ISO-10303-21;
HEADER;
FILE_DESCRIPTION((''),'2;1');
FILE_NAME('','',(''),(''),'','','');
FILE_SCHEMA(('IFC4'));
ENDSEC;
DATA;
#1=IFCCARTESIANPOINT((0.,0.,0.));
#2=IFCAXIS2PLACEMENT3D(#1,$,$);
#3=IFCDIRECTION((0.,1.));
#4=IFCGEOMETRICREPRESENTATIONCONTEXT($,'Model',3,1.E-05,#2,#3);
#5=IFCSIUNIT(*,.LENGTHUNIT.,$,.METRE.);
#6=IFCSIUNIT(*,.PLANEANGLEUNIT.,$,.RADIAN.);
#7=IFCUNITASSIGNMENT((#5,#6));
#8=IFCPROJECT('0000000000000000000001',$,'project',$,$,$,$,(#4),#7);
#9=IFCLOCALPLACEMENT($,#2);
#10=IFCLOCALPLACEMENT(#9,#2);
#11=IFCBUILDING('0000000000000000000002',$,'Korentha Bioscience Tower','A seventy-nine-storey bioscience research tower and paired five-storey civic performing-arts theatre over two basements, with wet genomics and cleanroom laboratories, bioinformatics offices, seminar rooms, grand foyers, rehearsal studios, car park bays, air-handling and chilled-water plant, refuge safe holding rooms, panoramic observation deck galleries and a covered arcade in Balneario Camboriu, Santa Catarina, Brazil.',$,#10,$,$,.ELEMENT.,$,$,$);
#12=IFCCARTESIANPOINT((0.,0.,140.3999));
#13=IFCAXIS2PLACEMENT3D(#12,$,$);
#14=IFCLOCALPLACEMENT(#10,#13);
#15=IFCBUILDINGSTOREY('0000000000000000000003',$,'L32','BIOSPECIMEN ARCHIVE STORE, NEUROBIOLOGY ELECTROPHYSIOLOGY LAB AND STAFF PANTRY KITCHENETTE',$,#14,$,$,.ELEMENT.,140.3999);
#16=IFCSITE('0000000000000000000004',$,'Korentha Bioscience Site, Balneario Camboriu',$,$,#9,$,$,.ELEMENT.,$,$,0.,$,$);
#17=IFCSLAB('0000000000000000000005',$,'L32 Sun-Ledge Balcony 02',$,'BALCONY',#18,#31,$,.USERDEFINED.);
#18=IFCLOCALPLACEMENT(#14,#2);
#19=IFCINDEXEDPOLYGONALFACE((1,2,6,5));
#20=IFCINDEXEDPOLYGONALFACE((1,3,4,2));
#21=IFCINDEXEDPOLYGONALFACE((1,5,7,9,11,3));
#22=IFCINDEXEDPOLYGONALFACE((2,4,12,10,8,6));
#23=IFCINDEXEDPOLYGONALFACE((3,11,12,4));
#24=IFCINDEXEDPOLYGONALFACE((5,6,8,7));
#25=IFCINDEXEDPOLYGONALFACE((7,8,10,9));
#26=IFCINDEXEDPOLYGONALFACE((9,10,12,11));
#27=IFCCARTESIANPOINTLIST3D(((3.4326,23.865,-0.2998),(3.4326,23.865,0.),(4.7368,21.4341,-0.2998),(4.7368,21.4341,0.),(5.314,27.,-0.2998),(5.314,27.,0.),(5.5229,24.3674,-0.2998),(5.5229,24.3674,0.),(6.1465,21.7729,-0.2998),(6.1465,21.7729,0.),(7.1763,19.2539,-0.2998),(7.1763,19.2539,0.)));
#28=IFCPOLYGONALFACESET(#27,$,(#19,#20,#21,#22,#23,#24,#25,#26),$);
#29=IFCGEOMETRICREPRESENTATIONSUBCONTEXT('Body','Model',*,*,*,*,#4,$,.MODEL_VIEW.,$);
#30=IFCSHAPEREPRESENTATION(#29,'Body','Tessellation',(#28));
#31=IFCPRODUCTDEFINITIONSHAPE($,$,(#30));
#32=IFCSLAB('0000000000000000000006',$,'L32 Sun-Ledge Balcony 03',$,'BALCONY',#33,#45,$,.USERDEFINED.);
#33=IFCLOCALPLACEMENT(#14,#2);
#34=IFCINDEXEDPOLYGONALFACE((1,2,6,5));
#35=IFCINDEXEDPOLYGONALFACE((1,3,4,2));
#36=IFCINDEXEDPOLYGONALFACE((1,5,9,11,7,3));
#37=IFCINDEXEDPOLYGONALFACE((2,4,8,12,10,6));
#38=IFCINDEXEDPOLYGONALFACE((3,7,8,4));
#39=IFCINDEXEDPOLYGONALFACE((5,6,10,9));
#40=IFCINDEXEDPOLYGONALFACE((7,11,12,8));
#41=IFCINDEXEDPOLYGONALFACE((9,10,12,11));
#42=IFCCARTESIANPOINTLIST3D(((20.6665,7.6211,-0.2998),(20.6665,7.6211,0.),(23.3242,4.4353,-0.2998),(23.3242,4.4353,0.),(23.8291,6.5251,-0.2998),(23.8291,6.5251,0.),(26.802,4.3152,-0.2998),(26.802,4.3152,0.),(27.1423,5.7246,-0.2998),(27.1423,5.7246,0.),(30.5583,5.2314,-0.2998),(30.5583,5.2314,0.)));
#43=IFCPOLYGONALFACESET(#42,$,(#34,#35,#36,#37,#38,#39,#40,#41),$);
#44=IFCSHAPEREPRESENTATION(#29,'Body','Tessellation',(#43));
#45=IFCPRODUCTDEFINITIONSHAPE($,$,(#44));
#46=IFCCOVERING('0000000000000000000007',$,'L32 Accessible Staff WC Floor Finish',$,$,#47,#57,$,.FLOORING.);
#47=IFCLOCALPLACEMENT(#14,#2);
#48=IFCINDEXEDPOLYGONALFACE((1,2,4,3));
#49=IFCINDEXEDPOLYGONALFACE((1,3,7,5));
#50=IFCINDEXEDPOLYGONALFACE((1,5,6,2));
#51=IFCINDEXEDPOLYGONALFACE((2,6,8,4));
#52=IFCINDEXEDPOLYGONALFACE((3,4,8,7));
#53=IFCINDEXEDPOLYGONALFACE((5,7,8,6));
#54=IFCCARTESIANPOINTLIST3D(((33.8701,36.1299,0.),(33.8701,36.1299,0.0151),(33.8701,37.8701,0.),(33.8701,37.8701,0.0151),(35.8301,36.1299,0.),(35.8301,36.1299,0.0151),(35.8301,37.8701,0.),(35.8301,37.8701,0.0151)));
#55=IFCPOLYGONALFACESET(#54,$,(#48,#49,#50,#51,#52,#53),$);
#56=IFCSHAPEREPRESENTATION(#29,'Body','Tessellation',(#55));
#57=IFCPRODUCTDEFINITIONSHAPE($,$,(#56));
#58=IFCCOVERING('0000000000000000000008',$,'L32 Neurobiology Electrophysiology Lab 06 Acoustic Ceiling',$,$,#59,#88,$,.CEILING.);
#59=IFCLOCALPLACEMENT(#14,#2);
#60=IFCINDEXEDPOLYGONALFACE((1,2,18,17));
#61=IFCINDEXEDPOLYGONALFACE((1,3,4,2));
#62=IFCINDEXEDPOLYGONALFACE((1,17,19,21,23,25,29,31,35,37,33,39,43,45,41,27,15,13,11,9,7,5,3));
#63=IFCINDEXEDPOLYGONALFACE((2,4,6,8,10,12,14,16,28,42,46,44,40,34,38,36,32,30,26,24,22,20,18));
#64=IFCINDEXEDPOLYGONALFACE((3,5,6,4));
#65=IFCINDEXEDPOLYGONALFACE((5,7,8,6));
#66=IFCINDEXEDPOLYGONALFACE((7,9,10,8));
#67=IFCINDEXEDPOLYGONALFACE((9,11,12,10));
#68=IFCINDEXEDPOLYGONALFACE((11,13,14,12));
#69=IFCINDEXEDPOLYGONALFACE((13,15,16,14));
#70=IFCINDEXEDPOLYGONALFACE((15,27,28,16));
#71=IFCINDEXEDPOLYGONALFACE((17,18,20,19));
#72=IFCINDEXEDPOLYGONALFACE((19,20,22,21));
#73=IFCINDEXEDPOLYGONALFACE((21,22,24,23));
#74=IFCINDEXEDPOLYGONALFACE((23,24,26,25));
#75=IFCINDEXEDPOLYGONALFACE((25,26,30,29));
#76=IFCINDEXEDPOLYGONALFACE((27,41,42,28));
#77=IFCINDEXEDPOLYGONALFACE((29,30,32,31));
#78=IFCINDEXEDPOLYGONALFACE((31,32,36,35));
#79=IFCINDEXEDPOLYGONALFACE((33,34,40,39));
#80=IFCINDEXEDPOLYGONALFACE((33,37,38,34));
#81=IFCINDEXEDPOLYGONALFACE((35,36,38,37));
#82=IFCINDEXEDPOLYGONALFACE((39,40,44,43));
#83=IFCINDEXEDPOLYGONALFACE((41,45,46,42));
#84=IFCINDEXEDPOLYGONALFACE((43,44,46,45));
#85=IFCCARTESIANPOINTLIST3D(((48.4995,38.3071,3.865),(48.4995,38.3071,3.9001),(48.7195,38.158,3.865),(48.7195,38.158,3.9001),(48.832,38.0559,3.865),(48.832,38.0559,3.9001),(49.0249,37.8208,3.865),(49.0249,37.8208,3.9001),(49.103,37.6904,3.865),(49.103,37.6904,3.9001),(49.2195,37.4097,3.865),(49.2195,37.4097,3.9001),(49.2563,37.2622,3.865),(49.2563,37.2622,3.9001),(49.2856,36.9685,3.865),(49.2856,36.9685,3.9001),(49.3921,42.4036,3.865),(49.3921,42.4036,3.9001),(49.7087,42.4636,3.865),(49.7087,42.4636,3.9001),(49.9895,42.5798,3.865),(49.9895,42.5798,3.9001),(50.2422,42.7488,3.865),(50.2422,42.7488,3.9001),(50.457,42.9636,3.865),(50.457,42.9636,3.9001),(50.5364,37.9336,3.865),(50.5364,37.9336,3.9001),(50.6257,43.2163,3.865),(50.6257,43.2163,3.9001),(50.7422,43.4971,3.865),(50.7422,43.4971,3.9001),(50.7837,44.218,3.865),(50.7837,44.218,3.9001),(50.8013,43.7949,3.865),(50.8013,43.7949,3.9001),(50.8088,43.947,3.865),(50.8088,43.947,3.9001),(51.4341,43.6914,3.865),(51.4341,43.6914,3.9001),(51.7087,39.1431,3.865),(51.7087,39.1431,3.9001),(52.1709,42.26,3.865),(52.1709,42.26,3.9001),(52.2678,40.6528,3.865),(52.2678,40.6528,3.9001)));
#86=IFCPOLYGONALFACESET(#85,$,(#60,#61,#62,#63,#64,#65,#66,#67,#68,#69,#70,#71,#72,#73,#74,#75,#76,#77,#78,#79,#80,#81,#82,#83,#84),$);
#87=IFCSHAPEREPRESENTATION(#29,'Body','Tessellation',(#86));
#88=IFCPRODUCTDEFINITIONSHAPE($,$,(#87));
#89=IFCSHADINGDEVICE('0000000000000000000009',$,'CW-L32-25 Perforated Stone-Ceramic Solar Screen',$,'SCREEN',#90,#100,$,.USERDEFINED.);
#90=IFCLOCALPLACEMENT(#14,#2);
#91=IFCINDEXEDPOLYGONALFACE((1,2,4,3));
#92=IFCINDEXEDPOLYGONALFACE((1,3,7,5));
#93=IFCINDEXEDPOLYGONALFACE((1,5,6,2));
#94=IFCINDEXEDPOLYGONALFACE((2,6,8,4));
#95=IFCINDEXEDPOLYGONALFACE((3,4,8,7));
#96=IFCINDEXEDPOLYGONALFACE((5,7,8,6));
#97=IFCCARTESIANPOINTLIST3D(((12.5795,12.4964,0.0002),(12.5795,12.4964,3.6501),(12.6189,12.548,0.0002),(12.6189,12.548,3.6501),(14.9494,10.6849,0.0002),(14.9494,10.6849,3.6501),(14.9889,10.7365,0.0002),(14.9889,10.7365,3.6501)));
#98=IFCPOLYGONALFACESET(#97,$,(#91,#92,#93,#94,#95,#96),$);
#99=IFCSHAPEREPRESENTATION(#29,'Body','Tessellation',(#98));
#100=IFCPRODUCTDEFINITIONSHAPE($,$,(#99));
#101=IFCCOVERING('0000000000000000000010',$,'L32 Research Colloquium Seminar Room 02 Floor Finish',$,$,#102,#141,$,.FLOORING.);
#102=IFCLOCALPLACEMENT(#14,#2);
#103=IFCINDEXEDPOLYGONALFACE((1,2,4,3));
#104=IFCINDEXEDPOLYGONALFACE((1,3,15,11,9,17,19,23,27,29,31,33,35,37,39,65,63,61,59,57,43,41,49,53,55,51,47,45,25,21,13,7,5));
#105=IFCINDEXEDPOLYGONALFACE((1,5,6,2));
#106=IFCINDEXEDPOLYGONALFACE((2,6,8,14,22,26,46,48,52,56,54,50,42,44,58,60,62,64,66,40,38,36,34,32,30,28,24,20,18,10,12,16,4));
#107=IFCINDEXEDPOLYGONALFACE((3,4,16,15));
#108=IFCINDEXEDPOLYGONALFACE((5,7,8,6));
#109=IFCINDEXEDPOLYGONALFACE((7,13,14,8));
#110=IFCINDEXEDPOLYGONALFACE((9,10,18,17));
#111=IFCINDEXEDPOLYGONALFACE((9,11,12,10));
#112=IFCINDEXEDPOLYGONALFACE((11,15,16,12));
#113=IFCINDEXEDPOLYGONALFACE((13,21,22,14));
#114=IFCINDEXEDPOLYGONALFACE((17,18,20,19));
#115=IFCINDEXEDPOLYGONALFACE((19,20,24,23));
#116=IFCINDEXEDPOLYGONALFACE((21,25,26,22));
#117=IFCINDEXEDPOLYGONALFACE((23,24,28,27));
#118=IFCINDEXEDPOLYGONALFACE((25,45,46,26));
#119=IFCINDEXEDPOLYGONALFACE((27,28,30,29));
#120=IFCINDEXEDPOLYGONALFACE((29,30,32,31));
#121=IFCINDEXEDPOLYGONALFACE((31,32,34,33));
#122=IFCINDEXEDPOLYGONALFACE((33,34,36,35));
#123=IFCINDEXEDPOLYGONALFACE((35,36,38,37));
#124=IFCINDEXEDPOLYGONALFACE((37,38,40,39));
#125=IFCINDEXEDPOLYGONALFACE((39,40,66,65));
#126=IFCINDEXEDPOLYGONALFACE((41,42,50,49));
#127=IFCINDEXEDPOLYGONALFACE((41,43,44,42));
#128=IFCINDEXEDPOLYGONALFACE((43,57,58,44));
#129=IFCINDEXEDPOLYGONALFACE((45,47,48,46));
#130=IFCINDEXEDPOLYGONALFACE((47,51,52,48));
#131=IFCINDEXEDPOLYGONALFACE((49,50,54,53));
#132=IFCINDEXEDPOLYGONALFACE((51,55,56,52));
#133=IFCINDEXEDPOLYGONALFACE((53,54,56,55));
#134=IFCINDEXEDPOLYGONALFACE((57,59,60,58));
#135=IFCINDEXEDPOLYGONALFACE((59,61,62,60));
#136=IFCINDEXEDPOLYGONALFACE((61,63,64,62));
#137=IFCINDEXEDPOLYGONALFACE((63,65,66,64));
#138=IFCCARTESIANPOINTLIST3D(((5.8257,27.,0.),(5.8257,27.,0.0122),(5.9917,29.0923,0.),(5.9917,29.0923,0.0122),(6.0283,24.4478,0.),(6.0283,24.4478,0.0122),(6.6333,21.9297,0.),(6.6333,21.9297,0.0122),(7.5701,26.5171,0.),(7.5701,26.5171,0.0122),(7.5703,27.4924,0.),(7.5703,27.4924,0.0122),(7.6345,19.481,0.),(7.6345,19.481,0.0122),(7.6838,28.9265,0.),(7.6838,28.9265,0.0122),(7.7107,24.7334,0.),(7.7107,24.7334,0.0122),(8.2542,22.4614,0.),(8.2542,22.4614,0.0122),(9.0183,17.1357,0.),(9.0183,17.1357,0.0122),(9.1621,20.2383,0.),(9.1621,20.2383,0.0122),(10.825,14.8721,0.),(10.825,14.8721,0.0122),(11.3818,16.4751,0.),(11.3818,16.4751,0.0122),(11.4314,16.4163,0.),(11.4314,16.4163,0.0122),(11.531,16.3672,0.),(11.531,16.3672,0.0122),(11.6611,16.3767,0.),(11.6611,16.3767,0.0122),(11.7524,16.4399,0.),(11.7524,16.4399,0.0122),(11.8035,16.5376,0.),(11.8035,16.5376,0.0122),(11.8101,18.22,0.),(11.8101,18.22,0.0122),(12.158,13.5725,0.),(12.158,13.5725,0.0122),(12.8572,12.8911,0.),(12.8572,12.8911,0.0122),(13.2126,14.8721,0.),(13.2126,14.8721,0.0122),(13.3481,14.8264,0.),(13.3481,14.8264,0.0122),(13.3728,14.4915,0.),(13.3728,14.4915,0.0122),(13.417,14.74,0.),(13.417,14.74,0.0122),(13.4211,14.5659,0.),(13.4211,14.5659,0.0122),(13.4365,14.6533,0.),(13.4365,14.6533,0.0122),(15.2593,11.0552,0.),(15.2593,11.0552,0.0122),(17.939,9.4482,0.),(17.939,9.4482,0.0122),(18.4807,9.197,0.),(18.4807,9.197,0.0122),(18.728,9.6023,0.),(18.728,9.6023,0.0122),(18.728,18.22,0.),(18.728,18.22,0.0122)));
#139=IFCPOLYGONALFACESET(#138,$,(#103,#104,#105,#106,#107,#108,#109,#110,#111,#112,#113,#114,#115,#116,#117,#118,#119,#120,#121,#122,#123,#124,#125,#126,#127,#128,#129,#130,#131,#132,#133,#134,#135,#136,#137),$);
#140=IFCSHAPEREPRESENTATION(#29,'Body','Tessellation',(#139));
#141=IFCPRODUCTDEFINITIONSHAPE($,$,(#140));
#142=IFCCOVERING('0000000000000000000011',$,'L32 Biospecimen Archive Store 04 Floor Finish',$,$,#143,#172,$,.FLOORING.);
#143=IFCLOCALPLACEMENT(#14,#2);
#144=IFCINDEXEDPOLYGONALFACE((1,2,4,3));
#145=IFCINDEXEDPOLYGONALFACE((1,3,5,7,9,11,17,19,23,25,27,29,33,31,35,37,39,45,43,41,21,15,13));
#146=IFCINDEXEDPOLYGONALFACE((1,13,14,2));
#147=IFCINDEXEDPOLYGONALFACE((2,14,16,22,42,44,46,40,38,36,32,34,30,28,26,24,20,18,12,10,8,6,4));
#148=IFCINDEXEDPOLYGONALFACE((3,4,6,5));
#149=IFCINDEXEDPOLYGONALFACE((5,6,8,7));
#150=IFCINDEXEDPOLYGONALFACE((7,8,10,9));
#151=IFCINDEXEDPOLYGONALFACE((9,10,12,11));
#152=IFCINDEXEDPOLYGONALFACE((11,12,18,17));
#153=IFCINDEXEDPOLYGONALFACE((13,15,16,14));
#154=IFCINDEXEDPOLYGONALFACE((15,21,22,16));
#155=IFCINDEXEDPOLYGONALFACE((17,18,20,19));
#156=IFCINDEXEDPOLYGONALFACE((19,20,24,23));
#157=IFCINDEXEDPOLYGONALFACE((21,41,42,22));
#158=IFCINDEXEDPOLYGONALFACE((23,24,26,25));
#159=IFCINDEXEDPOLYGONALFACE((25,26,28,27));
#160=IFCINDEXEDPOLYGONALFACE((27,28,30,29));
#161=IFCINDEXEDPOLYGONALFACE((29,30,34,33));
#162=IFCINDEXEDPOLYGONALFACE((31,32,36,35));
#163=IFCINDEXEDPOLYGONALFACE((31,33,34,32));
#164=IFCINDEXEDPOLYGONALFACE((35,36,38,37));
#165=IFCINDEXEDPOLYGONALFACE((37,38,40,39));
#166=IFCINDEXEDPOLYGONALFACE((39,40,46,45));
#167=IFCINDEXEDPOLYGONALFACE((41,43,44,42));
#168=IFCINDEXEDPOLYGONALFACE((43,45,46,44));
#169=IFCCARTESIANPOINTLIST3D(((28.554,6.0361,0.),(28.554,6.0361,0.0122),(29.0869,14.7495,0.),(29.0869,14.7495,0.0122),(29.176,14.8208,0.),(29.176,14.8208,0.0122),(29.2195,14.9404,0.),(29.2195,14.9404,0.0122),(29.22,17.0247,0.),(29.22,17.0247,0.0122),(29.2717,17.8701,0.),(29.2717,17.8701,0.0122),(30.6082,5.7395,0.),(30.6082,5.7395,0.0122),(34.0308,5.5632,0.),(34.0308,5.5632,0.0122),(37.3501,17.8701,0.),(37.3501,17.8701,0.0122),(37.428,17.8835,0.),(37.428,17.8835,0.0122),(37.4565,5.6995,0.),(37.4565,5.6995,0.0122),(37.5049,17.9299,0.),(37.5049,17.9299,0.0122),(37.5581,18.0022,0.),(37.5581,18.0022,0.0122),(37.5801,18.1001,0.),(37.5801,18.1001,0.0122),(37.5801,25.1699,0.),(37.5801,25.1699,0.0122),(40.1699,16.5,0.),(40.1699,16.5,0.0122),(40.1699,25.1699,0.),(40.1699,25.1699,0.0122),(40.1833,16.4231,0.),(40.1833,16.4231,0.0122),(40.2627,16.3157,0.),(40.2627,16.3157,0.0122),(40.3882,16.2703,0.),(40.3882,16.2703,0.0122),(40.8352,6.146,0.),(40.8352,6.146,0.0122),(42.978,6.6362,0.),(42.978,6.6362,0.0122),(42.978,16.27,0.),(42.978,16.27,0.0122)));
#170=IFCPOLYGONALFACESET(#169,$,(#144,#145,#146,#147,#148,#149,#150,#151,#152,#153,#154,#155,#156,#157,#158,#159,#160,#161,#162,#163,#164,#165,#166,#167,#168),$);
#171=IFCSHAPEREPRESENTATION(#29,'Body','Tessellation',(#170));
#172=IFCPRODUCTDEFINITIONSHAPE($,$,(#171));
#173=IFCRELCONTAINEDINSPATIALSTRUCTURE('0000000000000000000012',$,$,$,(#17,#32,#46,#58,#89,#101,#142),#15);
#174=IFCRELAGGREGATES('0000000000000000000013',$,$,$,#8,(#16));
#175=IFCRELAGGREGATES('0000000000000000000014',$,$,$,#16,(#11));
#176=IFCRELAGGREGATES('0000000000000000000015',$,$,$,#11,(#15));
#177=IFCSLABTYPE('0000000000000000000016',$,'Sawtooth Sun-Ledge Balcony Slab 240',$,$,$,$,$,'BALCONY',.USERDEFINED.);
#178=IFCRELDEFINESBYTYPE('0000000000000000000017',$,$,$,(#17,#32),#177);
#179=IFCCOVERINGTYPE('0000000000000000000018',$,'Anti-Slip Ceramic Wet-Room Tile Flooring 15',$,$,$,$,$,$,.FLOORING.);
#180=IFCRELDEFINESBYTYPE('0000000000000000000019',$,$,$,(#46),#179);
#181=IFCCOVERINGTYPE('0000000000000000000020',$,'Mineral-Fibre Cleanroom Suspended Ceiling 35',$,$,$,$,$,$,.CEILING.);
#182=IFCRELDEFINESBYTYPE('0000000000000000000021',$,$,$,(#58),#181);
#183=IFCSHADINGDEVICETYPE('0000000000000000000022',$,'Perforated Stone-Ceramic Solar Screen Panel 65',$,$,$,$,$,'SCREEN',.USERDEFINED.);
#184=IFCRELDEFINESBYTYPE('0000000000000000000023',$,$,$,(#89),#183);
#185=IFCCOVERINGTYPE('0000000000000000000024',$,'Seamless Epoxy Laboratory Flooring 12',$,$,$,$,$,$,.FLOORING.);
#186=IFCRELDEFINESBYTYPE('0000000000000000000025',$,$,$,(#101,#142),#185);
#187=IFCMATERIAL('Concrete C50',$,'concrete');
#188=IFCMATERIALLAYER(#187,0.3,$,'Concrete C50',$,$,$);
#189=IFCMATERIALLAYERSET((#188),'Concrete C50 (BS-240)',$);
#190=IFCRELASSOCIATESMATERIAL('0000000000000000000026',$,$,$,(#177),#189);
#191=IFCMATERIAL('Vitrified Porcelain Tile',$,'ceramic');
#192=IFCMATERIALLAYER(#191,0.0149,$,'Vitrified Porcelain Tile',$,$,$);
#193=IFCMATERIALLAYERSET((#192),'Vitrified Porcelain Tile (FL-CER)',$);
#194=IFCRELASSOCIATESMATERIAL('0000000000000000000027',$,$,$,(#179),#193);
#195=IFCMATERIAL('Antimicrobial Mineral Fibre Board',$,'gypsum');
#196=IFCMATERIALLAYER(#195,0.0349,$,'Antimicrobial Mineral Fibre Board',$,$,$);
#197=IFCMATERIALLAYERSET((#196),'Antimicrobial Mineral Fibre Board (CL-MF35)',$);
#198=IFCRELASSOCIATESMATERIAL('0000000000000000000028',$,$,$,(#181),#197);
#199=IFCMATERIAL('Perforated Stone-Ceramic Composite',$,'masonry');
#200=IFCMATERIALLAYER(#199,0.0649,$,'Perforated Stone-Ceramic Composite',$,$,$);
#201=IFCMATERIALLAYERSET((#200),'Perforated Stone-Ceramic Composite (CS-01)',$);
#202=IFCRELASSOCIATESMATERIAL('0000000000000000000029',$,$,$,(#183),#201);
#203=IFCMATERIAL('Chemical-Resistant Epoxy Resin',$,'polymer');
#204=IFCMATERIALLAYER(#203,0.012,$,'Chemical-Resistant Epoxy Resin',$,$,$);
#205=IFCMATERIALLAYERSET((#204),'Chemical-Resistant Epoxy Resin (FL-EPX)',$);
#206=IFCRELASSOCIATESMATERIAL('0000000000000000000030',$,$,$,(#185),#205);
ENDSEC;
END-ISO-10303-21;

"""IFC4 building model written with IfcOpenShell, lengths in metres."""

from ifc_helpers import new_model, si_unit, direction, frame, origin, origin_2d, place, context, subcontext, project, spatial, polyline, rectangle, outline, extrude, material, layer, layer_set, type_object, element, save


model = new_model("IFC4")

# Units and contexts
model_context = context("Model", 3, precision=1e-05, world=origin(), true_north=direction((0.0, 1.0)))
body_context = subcontext(model_context, "Body", "Model", "MODEL_VIEW")
ifc_project = project(units=[si_unit("LENGTHUNIT", "METRE"), si_unit("PLANEANGLEUNIT", "RADIAN")], contexts=[model_context])

# Site, building, storey
site_placement = place(None, origin())
site = spatial("IfcSite", under=ifc_project, at=site_placement, Name="Korentha Bioscience Site, Balneario Camboriu", CompositionType="ELEMENT", RefElevation=0.0)
building_placement = place(site_placement, origin())
building = spatial("IfcBuilding", under=site, at=building_placement, Name="Korentha Bioscience Tower", Description="A seventy-nine-storey bioscience research tower and paired five-storey civic performing-arts theatre over two basements, with wet genomics and cleanroom laboratories, bioinformatics offices, seminar rooms, grand foyers, rehearsal studios, car park bays, air-handling and chilled-water plant, refuge safe holding rooms, panoramic observation deck galleries and a covered arcade in Balneario Camboriu, Santa Catarina, Brazil.", CompositionType="ELEMENT")
storey_placement = place(building_placement, frame((0.0, 0.0, 140.3999)))
storey = spatial("IfcBuildingStorey", under=building, at=storey_placement, Name="L32", Description="BIOSPECIMEN ARCHIVE STORE, NEUROBIOLOGY ELECTROPHYSIOLOGY LAB AND STAFF PANTRY KITCHENETTE", CompositionType="ELEMENT", Elevation=140.3999)

# Shared definitions
ifc_material_1 = material(Name="Concrete C50", Category="concrete")

# Slabs
ifc_layer_1 = layer(ifc_material_1, 0.3, Name="Concrete C50")
ifc_layer_set_1 = layer_set([ifc_layer_1], Name="Concrete C50 (BS-240)")
slab_type_1 = type_object("IfcSlabType", Name="Sawtooth Sun-Ledge Balcony Slab 240", ElementType="BALCONY", PredefinedType="USERDEFINED", material=ifc_layer_set_1)
slab_1_placement = place(storey_placement, frame((0.0, 0.0, -0.2998)))
element("IfcSlab", 1, at=slab_1_placement, inside=storey, type_object=slab_type_1, Name="L32 Sun-Ledge Balcony 02", ObjectType="BALCONY", PredefinedType="USERDEFINED", context=body_context, shape_type="SweptSolid", body=[
    extrude(outline(polyline([(7.1763, 19.2539), (6.1465, 21.7729), (5.5229, 24.3674), (5.314, 27.0), (3.4326, 23.865), (4.7368, 21.4341), (7.1763, 19.2539)])), origin(), (0.0, 0.0, 1.0), 0.2998),
])
slab_2_placement = place(storey_placement, frame((0.0, 0.0, -0.2998)))
element("IfcSlab", 2, at=slab_2_placement, inside=storey, type_object=slab_type_1, Name="L32 Sun-Ledge Balcony 03", ObjectType="BALCONY", PredefinedType="USERDEFINED", context=body_context, shape_type="SweptSolid", body=[
    extrude(outline(polyline([(30.5583, 5.2314), (27.1423, 5.7246), (23.8291, 6.5251), (20.6665, 7.6211), (23.3242, 4.4353), (26.802, 4.3152), (30.5583, 5.2314)])), origin(), (0.0, 0.0, 1.0), 0.2998),
])

# Coverings
ifc_material_2 = material(Name="Vitrified Porcelain Tile", Category="ceramic")
ifc_layer_2 = layer(ifc_material_2, 0.0149, Name="Vitrified Porcelain Tile")
ifc_layer_set_2 = layer_set([ifc_layer_2], Name="Vitrified Porcelain Tile (FL-CER)")
covering_type_1 = type_object("IfcCoveringType", Name="Anti-Slip Ceramic Wet-Room Tile Flooring 15", PredefinedType="FLOORING", material=ifc_layer_set_2)
covering_1_placement = place(storey_placement, origin())
element("IfcCovering", 3, at=covering_1_placement, inside=storey, type_object=covering_type_1, Name="L32 Accessible Staff WC Floor Finish", PredefinedType="FLOORING", context=body_context, shape_type="SweptSolid", body=[
    extrude(outline(polyline([(33.8701, 36.1299), (33.8701, 37.8701), (35.8301, 37.8701), (35.8301, 36.1299), (33.8701, 36.1299)])), origin(), (0.0, 0.0, 1.0), 0.0151),
])
ifc_material_3 = material(Name="Antimicrobial Mineral Fibre Board", Category="gypsum")
ifc_layer_3 = layer(ifc_material_3, 0.0349, Name="Antimicrobial Mineral Fibre Board")
ifc_layer_set_3 = layer_set([ifc_layer_3], Name="Antimicrobial Mineral Fibre Board (CL-MF35)")
covering_type_2 = type_object("IfcCoveringType", Name="Mineral-Fibre Cleanroom Suspended Ceiling 35", PredefinedType="CEILING", material=ifc_layer_set_3)
covering_2_placement = place(storey_placement, frame((0.0, 0.0, 3.865)))
element("IfcCovering", 4, at=covering_2_placement, inside=storey, type_object=covering_type_2, Name="L32 Neurobiology Electrophysiology Lab 06 Acoustic Ceiling", PredefinedType="CEILING", context=body_context, shape_type="SweptSolid", body=[
    extrude(outline(polyline([(51.4341, 43.6914), (52.1709, 42.26), (52.2678, 40.6528), (51.7087, 39.1431), (50.5364, 37.9336), (49.2856, 36.9685), (49.2563, 37.2622), (49.2195, 37.4097), (49.103, 37.6904), (49.0249, 37.8208), (48.832, 38.0559), (48.7195, 38.158), (48.4995, 38.3071), (49.3921, 42.4036), (49.7087, 42.4636), (49.9895, 42.5798), (50.2422, 42.7488), (50.457, 42.9636), (50.6257, 43.2163), (50.7422, 43.4971), (50.8013, 43.7949), (50.8088, 43.947), (50.7837, 44.218), (51.4341, 43.6914)])), origin(), (0.0, 0.0, 1.0), 0.0352),
])

# Shading device
ifc_material_4 = material(Name="Perforated Stone-Ceramic Composite", Category="masonry")
ifc_layer_4 = layer(ifc_material_4, 0.0649, Name="Perforated Stone-Ceramic Composite")
ifc_layer_set_4 = layer_set([ifc_layer_4], Name="Perforated Stone-Ceramic Composite (CS-01)")
shading_device_type_1 = type_object("IfcShadingDeviceType", Name="Perforated Stone-Ceramic Solar Screen Panel 65", ElementType="SCREEN", PredefinedType="USERDEFINED", material=ifc_layer_set_4)
shading_device_1_placement = place(storey_placement, frame((13.7842, 11.6165, 0.0002), z_axis=(0.0, 0.0, 1.0), x_axis=(0.7945, -0.607265, 0.0)))
element("IfcShadingDevice", 5, at=shading_device_1_placement, inside=storey, type_object=shading_device_type_1, Name="CW-L32-25 Perforated Stone-Ceramic Solar Screen", ObjectType="SCREEN", PredefinedType="USERDEFINED", context=body_context, shape_type="SweptSolid", body=[
    extrude(rectangle(XDim=2.9829, YDim=0.0649, at=origin_2d()), origin(), (0.0, 0.0, 1.0), 3.6499),
])

# Coverings
ifc_material_5 = material(Name="Chemical-Resistant Epoxy Resin", Category="polymer")
ifc_layer_5 = layer(ifc_material_5, 0.012, Name="Chemical-Resistant Epoxy Resin")
ifc_layer_set_5 = layer_set([ifc_layer_5], Name="Chemical-Resistant Epoxy Resin (FL-EPX)")
covering_type_3 = type_object("IfcCoveringType", Name="Seamless Epoxy Laboratory Flooring 12", PredefinedType="FLOORING", material=ifc_layer_set_5)
covering_3_placement = place(storey_placement, origin())
element("IfcCovering", 6, at=covering_3_placement, inside=storey, type_object=covering_type_3, Name="L32 Research Colloquium Seminar Room 02 Floor Finish", PredefinedType="FLOORING", context=body_context, shape_type="SweptSolid", body=[
    extrude(outline(polyline([(5.9917, 29.0923), (7.6838, 28.9265), (7.5703, 27.4924), (7.5701, 26.5171), (7.7107, 24.7334), (8.2542, 22.4614), (9.1621, 20.2383), (11.3818, 16.4751), (11.4314, 16.4163), (11.531, 16.3672), (11.6611, 16.3767), (11.7524, 16.4399), (11.8035, 16.5376), (11.8101, 18.22), (18.728, 18.22), (18.728, 9.6023), (18.4807, 9.197), (17.939, 9.4482), (15.2593, 11.0552), (12.8572, 12.8911), (12.158, 13.5725), (13.3728, 14.4915), (13.4211, 14.5659), (13.4365, 14.6533), (13.417, 14.74), (13.3481, 14.8264), (13.2126, 14.8721), (10.825, 14.8721), (9.0183, 17.1357), (7.6345, 19.481), (6.6333, 21.9297), (6.0283, 24.4478), (5.8257, 27.0), (5.9917, 29.0923)])), origin(), (0.0, 0.0, 1.0), 0.0122),
])
covering_4_placement = place(storey_placement, origin())
element("IfcCovering", 7, at=covering_4_placement, inside=storey, type_object=covering_type_3, Name="L32 Biospecimen Archive Store 04 Floor Finish", PredefinedType="FLOORING", context=body_context, shape_type="SweptSolid", body=[
    extrude(outline(polyline([(28.554, 6.0361), (29.0869, 14.7495), (29.176, 14.8208), (29.2195, 14.9404), (29.22, 17.0247), (29.2717, 17.8701), (37.3501, 17.8701), (37.428, 17.8835), (37.5049, 17.9299), (37.5581, 18.0022), (37.5801, 18.1001), (37.5801, 25.1699), (40.1699, 25.1699), (40.1699, 16.5), (40.1833, 16.4231), (40.2627, 16.3157), (40.3882, 16.2703), (42.978, 16.27), (42.978, 6.6362), (40.8352, 6.146), (37.4565, 5.6995), (34.0308, 5.5632), (30.6082, 5.7395), (28.554, 6.0361)])), origin(), (0.0, 0.0, 1.0), 0.0122),
])

save(model, "model.ifc")
